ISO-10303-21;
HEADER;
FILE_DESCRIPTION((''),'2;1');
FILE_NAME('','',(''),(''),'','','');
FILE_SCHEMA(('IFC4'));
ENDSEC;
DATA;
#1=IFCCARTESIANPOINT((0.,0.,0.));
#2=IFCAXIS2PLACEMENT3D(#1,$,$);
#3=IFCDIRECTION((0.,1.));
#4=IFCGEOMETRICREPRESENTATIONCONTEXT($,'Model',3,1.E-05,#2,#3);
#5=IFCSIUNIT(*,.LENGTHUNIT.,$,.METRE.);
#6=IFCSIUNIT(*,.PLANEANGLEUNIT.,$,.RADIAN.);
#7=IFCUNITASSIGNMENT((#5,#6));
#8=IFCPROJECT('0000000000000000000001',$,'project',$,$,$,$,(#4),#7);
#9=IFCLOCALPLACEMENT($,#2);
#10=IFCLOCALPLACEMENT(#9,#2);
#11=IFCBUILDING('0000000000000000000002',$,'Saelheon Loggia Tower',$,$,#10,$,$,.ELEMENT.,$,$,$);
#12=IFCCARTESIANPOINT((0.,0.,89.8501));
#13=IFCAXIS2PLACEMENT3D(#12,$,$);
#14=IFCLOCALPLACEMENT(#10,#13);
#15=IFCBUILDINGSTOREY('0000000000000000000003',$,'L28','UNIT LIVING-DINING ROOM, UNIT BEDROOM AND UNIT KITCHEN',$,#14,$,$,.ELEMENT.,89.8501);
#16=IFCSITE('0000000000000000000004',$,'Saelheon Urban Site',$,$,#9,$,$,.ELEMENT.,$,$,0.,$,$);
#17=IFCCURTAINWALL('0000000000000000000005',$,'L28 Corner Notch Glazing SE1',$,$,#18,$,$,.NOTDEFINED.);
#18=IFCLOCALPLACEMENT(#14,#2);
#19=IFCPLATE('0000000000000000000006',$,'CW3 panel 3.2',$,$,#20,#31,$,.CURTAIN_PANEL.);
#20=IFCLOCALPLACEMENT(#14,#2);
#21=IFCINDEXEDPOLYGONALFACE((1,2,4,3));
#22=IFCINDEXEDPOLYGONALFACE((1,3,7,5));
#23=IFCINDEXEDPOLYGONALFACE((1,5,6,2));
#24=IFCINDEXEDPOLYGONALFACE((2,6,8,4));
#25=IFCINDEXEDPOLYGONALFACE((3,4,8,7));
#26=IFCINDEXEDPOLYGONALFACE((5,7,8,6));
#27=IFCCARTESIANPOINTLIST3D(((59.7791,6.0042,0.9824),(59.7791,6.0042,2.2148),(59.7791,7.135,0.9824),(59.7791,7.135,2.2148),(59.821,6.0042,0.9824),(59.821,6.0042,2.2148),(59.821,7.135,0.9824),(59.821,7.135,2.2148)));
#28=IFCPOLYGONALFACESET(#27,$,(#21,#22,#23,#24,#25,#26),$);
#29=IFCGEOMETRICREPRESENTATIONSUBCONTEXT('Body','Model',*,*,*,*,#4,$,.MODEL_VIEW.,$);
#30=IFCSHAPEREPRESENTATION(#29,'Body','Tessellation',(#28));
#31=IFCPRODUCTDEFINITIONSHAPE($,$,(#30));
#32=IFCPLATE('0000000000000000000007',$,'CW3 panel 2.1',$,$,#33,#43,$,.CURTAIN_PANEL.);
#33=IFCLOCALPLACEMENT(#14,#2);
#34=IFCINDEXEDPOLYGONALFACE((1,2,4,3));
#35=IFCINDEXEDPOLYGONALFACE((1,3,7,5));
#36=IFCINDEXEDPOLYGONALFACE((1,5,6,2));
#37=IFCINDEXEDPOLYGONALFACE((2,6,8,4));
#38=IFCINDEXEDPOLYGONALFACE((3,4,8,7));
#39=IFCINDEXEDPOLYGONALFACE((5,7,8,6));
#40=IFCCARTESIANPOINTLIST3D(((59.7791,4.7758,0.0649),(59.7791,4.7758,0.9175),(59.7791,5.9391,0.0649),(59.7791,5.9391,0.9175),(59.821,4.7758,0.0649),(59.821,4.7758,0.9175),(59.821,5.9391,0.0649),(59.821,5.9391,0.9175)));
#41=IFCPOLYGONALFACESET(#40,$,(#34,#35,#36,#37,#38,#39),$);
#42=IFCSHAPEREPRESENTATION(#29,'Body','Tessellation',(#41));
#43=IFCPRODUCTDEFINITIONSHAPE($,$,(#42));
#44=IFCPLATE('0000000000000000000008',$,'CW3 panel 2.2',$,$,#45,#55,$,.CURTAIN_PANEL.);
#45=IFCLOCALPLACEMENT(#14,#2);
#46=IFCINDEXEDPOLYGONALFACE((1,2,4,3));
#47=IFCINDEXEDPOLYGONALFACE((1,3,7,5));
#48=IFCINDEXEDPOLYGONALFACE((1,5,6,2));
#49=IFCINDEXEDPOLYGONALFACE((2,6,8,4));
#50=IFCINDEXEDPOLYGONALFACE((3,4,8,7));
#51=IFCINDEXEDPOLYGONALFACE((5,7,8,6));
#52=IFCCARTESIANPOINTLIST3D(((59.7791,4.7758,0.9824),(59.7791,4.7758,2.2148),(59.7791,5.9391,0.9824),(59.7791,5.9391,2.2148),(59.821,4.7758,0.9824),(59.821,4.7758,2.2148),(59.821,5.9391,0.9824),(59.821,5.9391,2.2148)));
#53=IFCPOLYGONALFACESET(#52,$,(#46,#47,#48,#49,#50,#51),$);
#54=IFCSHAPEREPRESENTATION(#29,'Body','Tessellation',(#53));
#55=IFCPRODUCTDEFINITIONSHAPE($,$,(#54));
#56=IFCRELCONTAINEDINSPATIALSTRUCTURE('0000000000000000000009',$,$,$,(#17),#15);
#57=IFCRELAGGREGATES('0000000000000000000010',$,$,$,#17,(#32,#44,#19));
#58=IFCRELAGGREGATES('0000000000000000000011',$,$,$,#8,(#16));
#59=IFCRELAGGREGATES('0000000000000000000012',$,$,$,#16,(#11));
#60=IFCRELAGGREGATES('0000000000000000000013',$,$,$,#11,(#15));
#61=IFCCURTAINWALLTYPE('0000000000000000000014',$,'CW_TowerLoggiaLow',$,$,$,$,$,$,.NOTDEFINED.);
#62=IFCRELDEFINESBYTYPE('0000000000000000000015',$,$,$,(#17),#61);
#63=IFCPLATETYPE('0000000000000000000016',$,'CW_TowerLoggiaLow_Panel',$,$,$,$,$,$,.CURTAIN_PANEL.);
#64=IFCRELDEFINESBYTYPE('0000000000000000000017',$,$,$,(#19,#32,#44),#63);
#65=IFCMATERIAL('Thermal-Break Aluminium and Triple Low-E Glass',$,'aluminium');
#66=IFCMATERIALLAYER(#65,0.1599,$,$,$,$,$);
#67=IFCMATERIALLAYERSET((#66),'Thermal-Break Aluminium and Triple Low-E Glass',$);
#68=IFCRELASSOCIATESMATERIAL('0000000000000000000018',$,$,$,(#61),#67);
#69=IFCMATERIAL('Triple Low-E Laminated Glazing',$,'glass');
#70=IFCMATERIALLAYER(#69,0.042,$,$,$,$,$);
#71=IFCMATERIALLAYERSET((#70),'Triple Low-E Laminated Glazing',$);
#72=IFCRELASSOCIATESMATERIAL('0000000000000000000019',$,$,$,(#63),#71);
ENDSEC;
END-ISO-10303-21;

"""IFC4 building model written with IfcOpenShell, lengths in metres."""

from ifc_helpers import new_model, si_unit, direction, frame, origin, origin_2d, place, context, subcontext, project, spatial, rectangle, extrude, source, transform, mapped, material, layer, layer_set, type_object, element, aggregate, save


model = new_model("IFC4")

# Units and contexts
model_context = context("Model", 3, precision=1e-05, world=origin(), true_north=direction((0.0, 1.0)))
body_context = subcontext(model_context, "Body", "Model", "MODEL_VIEW")
ifc_project = project(units=[si_unit("LENGTHUNIT", "METRE"), si_unit("PLANEANGLEUNIT", "RADIAN")], contexts=[model_context])

# Site, building, storey
site_placement = place(None, origin())
site = spatial("IfcSite", under=ifc_project, at=site_placement, Name="Saelheon Urban Site", CompositionType="ELEMENT", RefElevation=0.0)
building_placement = place(site_placement, origin())
building = spatial("IfcBuilding", under=site, at=building_placement, Name="Saelheon Loggia Tower", CompositionType="ELEMENT")
storey_placement = place(building_placement, frame((0.0, 0.0, 89.8501)))
storey = spatial("IfcBuildingStorey", under=building, at=storey_placement, Name="L28", Description="UNIT LIVING-DINING ROOM, UNIT BEDROOM AND UNIT KITCHEN", CompositionType="ELEMENT", Elevation=89.8501)

# Curtain wall
ifc_material_1 = material(Name="Thermal-Break Aluminium and Triple Low-E Glass", Category="aluminium")
ifc_layer_1 = layer(ifc_material_1, 0.1599)
ifc_layer_set_1 = layer_set([ifc_layer_1], Name="Thermal-Break Aluminium and Triple Low-E Glass")
curtain_wall_type = type_object("IfcCurtainWallType", Name="CW_TowerLoggiaLow", PredefinedType="NOTDEFINED", material=ifc_layer_set_1)
curtain_wall_1_placement = place(storey_placement, origin())
curtain_wall_1 = element("IfcCurtainWall", 1, at=curtain_wall_1_placement, inside=storey, type_object=curtain_wall_type, Name="L28 Corner Notch Glazing SE1", PredefinedType="NOTDEFINED")

# Plates
ifc_material_2 = material(Name="Triple Low-E Laminated Glazing", Category="glass")
ifc_layer_2 = layer(ifc_material_2, 0.042)
ifc_layer_set_2 = layer_set([ifc_layer_2], Name="Triple Low-E Laminated Glazing")
plate_type = type_object("IfcPlateType", Name="CW_TowerLoggiaLow_Panel", PredefinedType="CURTAIN_PANEL", material=ifc_layer_set_2)
shared_shape_1 = source(origin(), body_context, "Body", "SweptSolid", [
    extrude(rectangle(XDim=1.1309, YDim=0.042, at=origin_2d()), origin(), (0.0, 0.0, 1.0), 1.2324),
])
plate_1_placement = place(storey_placement, frame((59.8, 6.5696, 0.9824), z_axis=(0.0, 0.0, 1.0), x_axis=(0.0, 1.0, 0.0)))
plate_1 = element("IfcPlate", 2, at=plate_1_placement, type_object=plate_type, Name="CW3 panel 3.2", PredefinedType="CURTAIN_PANEL", context=body_context, shape_type="MappedRepresentation", body=[
    mapped(shared_shape_1, transform((0.0, 0.0, 0.0), scale=1.0)),
])
shared_shape_2 = source(origin(), body_context, "Body", "SweptSolid", [
    extrude(rectangle(XDim=1.1633, YDim=0.042, at=origin_2d()), origin(), (0.0, 0.0, 1.0), 0.8525),
])
plate_2_placement = place(storey_placement, frame((59.8, 5.3574, 0.0649), z_axis=(0.0, 0.0, 1.0), x_axis=(0.0, 1.0, 0.0)))
plate_2 = element("IfcPlate", 3, at=plate_2_placement, type_object=plate_type, Name="CW3 panel 2.1", PredefinedType="CURTAIN_PANEL", context=body_context, shape_type="MappedRepresentation", body=[
    mapped(shared_shape_2, transform((0.0, 0.0, 0.0), scale=1.0)),
])
shared_shape_3 = source(origin(), body_context, "Body", "SweptSolid", [
    extrude(rectangle(XDim=1.1633, YDim=0.042, at=origin_2d()), origin(), (0.0, 0.0, 1.0), 1.2324),
])
plate_3_placement = place(storey_placement, frame((59.8, 5.3574, 0.9824), z_axis=(0.0, 0.0, 1.0), x_axis=(0.0, 1.0, 0.0)))
plate_3 = element("IfcPlate", 4, at=plate_3_placement, type_object=plate_type, Name="CW3 panel 2.2", PredefinedType="CURTAIN_PANEL", context=body_context, shape_type="MappedRepresentation", body=[
    mapped(shared_shape_3, transform((0.0, 0.0, 0.0), scale=1.0)),
])
aggregate(curtain_wall_1, [plate_2, plate_3, plate_1])

save(model, "model.ifc")
